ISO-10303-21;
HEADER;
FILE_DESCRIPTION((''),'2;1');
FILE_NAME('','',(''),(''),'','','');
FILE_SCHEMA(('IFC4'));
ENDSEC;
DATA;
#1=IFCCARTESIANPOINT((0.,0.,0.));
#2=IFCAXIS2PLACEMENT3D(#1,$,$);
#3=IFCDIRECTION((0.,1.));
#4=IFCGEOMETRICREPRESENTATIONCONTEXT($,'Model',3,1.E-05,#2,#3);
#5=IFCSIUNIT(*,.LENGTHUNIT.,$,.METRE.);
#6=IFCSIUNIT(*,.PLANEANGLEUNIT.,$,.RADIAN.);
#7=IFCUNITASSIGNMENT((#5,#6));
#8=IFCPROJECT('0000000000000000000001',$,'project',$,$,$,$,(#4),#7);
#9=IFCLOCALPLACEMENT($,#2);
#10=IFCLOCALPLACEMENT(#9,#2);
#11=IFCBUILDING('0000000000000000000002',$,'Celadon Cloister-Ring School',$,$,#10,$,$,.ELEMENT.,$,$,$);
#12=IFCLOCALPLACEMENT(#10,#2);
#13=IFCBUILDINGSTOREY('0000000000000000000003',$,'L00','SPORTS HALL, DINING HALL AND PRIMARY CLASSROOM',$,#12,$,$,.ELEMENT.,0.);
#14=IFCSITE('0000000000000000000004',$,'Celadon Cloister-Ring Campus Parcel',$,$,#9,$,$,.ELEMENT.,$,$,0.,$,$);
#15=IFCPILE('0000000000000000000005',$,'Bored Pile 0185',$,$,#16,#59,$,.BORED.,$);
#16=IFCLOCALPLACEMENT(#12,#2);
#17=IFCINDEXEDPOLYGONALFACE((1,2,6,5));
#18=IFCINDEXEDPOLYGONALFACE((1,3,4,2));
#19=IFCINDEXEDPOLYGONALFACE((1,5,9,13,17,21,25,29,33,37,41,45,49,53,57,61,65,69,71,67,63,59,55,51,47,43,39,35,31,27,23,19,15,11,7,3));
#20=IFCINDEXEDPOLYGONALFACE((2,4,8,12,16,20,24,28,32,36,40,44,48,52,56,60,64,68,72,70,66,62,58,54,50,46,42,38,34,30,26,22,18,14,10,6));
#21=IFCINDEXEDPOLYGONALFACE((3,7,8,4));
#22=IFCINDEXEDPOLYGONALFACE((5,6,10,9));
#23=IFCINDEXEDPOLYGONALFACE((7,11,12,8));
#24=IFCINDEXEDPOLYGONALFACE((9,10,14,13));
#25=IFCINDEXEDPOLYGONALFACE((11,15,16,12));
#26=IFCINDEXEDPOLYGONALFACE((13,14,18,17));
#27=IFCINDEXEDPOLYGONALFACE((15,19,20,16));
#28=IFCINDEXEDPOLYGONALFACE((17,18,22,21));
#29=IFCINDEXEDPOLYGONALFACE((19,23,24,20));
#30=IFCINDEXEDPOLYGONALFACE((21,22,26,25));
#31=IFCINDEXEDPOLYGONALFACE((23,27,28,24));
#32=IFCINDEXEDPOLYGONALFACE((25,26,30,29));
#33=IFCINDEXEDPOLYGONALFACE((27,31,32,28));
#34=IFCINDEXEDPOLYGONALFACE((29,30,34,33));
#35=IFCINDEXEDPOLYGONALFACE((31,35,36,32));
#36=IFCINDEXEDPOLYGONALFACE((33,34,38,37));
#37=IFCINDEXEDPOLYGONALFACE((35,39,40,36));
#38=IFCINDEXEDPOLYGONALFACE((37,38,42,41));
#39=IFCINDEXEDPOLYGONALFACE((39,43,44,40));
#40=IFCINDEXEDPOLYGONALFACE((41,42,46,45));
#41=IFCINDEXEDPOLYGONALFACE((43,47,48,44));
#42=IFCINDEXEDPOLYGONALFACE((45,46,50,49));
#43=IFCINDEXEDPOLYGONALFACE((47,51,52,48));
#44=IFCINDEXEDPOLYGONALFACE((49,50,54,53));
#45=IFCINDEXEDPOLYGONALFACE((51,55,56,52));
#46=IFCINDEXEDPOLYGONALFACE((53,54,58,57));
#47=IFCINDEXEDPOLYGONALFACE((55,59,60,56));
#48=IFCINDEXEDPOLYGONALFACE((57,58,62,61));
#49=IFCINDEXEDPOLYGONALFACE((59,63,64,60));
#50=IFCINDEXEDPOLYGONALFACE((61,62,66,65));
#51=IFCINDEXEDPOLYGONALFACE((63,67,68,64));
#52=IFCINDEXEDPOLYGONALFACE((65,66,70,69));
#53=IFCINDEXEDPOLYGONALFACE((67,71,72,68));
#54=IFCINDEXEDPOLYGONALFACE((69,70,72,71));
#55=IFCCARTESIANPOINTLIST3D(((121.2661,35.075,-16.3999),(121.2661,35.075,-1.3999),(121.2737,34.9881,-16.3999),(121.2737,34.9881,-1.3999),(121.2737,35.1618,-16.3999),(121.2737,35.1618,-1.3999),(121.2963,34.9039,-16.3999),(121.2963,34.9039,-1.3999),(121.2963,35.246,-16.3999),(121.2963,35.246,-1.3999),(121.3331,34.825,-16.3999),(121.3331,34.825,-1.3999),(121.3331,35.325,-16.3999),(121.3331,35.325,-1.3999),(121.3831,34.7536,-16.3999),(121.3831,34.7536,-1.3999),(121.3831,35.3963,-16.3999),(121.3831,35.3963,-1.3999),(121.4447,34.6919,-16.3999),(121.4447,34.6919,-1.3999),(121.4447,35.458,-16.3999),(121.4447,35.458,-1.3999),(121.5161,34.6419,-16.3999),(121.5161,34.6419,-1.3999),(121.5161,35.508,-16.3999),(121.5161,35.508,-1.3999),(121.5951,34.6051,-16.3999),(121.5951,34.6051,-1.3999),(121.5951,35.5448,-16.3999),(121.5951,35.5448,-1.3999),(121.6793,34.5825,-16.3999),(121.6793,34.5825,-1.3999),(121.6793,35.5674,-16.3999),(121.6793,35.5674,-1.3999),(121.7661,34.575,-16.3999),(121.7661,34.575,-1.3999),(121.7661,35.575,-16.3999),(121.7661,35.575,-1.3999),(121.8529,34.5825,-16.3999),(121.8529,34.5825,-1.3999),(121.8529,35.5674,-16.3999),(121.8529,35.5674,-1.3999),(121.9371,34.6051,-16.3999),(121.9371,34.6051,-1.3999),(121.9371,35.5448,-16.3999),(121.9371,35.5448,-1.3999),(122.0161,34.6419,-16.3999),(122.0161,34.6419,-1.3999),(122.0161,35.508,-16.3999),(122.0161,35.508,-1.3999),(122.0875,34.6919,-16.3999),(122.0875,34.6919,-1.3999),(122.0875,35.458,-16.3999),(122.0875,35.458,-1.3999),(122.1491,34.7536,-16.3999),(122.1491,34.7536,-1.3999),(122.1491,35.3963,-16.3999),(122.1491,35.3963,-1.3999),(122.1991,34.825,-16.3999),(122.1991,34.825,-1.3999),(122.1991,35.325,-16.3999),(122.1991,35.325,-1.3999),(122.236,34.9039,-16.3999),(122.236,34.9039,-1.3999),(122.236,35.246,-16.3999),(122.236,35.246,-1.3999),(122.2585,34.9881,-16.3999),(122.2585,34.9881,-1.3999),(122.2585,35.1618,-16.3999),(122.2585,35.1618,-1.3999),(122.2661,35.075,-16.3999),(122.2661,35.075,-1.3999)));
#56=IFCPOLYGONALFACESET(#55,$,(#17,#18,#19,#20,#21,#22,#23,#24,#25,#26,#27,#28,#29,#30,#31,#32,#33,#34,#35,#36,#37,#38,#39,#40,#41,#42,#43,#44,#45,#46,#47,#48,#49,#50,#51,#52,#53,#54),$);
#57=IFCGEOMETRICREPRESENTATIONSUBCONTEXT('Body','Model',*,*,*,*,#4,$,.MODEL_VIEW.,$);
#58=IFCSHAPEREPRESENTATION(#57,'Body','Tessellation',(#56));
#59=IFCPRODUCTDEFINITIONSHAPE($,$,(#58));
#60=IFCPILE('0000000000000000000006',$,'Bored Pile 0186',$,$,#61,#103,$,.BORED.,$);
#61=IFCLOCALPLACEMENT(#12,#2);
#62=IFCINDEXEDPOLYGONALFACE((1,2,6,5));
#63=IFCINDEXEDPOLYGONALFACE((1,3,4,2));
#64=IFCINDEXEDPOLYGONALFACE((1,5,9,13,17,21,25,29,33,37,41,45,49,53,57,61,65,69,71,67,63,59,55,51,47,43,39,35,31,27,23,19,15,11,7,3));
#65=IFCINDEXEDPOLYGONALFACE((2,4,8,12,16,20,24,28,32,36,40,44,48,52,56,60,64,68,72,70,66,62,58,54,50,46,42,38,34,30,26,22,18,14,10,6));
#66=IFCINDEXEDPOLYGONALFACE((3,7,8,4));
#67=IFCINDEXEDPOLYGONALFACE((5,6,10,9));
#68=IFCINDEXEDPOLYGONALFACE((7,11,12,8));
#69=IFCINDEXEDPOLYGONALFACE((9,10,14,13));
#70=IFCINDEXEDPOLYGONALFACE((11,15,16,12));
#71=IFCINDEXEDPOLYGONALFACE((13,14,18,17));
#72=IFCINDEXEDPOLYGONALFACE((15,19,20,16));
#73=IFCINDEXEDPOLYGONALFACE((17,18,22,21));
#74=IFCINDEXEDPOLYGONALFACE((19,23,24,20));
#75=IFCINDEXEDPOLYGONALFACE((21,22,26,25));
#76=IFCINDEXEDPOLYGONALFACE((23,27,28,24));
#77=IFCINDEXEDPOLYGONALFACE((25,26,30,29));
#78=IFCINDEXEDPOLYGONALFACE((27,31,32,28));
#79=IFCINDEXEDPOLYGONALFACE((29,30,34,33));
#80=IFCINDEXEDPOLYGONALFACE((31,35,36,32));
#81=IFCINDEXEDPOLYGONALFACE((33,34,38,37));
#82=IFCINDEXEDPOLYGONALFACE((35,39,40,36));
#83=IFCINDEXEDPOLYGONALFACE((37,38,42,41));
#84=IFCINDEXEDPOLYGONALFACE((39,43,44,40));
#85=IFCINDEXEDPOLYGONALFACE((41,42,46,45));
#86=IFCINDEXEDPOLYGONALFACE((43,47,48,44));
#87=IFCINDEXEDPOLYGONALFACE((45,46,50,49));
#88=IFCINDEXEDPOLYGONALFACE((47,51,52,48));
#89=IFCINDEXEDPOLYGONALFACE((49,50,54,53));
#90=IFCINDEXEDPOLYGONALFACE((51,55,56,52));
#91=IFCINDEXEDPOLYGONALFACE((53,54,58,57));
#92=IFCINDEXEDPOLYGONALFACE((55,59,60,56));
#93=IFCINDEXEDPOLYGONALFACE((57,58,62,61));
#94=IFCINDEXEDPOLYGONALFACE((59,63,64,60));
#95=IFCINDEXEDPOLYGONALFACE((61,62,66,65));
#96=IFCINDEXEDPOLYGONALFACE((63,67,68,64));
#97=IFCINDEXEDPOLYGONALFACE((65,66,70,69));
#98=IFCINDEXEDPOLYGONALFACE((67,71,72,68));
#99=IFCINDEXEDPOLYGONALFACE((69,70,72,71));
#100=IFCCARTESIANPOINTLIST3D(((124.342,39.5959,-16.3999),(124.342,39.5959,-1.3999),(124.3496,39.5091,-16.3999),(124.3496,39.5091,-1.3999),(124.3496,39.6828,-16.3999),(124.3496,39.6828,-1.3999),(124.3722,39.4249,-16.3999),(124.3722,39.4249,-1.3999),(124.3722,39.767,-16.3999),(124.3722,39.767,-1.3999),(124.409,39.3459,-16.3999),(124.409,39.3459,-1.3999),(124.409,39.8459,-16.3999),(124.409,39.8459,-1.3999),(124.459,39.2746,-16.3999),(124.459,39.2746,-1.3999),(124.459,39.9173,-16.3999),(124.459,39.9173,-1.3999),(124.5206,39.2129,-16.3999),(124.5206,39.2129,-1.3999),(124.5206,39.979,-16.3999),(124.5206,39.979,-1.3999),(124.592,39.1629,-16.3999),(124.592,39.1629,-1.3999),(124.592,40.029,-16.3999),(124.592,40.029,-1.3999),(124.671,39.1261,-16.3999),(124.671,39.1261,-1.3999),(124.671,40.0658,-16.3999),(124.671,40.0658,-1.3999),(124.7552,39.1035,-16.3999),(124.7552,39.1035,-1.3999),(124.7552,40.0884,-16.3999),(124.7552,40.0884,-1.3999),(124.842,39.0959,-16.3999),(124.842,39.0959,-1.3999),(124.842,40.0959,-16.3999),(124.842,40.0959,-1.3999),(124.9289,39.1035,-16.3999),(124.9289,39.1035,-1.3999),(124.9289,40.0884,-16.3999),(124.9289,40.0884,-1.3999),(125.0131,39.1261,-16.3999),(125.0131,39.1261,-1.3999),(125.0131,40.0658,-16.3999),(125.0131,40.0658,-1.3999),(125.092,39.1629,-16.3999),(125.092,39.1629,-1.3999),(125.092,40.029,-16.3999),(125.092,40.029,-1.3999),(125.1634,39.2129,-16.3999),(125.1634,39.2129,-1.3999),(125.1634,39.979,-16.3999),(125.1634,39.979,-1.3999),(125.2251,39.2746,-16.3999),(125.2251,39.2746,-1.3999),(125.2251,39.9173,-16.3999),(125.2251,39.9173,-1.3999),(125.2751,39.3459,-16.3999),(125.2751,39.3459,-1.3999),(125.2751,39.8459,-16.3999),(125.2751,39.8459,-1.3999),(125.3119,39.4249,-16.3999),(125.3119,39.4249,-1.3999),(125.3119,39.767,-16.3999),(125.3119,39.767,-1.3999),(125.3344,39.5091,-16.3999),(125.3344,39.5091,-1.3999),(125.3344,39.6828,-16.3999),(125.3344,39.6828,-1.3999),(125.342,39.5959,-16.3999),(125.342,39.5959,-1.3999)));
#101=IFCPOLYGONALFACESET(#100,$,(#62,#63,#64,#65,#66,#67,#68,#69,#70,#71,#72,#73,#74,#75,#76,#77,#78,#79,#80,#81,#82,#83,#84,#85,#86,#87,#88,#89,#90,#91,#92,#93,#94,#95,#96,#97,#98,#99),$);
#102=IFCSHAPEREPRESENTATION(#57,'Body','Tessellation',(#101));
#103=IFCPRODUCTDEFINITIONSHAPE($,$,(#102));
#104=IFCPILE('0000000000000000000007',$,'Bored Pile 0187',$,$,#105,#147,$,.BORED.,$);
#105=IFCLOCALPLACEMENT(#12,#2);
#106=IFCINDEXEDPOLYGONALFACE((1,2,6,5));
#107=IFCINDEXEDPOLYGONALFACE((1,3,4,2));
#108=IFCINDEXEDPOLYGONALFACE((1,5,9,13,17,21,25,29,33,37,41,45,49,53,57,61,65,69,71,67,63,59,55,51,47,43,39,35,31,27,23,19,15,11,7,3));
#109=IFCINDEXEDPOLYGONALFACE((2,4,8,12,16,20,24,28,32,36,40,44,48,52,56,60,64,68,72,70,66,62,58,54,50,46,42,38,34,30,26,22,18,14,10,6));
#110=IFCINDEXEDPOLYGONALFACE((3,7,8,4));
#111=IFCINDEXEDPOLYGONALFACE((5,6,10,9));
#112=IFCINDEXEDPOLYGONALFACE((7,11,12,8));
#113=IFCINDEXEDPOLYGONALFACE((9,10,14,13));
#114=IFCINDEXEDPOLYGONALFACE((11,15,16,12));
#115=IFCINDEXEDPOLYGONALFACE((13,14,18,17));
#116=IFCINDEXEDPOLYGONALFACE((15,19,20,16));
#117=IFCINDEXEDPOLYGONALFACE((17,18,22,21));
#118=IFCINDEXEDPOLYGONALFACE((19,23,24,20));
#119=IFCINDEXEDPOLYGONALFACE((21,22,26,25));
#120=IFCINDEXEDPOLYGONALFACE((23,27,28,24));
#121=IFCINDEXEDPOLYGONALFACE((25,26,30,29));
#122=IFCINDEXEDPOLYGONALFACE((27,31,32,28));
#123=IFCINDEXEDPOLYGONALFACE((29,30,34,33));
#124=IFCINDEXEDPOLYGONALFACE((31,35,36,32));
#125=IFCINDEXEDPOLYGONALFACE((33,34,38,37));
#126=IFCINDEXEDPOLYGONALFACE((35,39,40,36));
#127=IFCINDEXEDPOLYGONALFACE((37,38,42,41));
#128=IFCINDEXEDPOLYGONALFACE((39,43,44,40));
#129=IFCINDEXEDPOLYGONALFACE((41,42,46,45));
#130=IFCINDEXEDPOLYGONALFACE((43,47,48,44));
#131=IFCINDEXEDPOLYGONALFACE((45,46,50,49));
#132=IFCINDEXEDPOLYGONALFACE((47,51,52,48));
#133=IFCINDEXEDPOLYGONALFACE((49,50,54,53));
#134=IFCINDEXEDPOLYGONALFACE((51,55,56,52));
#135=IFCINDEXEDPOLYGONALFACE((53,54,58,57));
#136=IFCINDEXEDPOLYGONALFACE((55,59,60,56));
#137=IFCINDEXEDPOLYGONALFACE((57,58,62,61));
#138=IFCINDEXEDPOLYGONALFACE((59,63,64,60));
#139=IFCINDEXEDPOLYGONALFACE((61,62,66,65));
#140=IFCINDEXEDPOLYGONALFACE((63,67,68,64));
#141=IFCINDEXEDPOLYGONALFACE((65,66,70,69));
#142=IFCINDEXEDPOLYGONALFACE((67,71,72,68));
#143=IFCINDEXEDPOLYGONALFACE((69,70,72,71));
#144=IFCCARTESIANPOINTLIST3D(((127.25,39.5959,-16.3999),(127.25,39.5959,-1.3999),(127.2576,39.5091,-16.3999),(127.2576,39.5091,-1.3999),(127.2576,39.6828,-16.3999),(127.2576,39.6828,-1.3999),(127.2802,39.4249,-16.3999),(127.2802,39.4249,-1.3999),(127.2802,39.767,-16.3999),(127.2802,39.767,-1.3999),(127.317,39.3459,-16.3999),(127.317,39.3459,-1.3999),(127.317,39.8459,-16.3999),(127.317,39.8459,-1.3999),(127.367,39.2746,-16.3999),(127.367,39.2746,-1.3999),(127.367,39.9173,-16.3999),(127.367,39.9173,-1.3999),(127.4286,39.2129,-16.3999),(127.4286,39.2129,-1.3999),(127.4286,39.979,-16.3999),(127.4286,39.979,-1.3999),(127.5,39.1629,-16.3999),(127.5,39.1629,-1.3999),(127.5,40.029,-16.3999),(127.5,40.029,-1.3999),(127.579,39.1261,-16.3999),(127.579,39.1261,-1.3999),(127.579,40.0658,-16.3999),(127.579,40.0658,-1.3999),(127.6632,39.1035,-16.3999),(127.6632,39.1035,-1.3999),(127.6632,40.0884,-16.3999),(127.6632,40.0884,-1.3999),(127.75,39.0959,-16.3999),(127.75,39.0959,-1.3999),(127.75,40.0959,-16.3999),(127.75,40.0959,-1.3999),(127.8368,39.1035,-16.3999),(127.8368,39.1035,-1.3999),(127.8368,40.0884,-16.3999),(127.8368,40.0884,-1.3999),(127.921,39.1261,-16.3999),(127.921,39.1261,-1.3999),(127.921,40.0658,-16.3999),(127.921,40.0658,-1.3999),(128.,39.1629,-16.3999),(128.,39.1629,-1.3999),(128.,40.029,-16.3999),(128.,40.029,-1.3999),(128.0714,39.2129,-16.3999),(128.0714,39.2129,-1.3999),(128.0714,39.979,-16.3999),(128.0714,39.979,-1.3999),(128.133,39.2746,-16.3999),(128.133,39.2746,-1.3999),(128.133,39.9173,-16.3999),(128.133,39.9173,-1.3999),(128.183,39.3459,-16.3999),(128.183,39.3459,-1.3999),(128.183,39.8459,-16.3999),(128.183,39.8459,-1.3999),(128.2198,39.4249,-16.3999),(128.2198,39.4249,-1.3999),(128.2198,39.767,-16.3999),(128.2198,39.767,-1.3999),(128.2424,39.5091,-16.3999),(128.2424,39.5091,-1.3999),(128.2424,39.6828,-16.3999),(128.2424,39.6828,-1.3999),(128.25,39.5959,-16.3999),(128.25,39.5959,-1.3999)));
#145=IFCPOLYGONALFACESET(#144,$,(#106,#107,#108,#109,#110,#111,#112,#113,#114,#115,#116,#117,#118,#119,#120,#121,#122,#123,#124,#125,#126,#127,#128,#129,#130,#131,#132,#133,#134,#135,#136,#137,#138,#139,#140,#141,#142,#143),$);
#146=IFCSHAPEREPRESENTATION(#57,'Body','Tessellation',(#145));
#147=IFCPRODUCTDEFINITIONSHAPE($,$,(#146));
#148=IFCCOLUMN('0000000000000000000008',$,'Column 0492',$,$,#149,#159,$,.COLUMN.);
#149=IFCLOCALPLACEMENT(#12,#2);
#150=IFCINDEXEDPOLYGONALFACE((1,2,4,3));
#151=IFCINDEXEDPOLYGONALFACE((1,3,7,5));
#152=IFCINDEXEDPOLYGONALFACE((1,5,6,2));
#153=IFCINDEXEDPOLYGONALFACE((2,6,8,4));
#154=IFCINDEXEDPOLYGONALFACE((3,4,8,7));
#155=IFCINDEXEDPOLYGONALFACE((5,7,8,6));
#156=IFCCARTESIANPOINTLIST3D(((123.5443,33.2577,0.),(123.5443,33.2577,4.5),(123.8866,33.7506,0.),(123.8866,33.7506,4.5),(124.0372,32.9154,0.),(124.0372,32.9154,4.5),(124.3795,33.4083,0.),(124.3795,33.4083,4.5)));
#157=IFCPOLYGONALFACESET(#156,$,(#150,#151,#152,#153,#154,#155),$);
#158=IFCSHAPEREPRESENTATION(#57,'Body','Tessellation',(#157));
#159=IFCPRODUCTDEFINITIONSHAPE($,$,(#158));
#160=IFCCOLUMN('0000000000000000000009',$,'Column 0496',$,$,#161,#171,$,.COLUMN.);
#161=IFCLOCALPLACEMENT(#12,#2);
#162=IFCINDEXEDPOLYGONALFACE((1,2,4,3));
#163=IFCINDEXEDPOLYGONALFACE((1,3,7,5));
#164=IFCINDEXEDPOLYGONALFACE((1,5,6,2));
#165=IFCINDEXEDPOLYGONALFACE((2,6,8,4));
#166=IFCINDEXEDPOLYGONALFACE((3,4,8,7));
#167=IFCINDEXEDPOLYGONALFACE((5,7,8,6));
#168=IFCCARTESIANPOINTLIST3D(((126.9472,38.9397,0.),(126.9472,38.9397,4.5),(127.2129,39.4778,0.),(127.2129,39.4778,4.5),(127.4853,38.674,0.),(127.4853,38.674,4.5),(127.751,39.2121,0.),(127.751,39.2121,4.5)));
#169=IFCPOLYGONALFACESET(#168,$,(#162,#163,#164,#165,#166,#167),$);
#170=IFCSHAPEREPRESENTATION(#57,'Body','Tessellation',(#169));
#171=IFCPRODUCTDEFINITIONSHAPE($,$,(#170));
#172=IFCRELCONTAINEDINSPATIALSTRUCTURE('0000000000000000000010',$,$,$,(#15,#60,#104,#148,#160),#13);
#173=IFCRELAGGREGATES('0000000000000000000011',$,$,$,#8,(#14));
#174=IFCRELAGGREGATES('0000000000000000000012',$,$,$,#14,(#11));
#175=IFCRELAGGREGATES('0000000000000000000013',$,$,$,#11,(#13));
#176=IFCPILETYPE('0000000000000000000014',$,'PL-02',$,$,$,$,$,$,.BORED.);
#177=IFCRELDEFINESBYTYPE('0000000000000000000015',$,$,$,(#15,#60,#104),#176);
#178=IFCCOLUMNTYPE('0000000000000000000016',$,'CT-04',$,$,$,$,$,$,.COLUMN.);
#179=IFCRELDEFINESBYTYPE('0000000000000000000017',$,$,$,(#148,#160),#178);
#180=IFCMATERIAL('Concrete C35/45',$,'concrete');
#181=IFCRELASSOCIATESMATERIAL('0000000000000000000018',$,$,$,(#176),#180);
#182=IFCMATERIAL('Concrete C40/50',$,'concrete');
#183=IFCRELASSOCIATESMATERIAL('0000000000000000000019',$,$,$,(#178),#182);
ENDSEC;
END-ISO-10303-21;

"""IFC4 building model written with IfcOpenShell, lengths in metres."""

from ifc_helpers import new_model, si_unit, direction, frame, origin, origin_2d, place, context, subcontext, project, spatial, rectangle, circle, extrude, material, material_profile, profile_set, type_object, element, save


model = new_model("IFC4")

# Units and contexts
model_context = context("Model", 3, precision=1e-05, world=origin(), true_north=direction((0.0, 1.0)))
body_context = subcontext(model_context, "Body", "Model", "MODEL_VIEW")
ifc_project = project(units=[si_unit("LENGTHUNIT", "METRE"), si_unit("PLANEANGLEUNIT", "RADIAN")], contexts=[model_context])

# Site, building, storey
site_placement = place(None, origin())
site = spatial("IfcSite", under=ifc_project, at=site_placement, Name="Celadon Cloister-Ring Campus Parcel", CompositionType="ELEMENT", RefElevation=0.0)
building_placement = place(site_placement, origin())
building = spatial("IfcBuilding", under=site, at=building_placement, Name="Celadon Cloister-Ring School", CompositionType="ELEMENT")
storey_placement = place(building_placement, origin())
storey = spatial("IfcBuildingStorey", under=building, at=storey_placement, Name="L00", Description="SPORTS HALL, DINING HALL AND PRIMARY CLASSROOM", CompositionType="ELEMENT", Elevation=0.0)

# Piles
ifc_material_1 = material(Name="Concrete C35/45", Category="concrete")
ifc_material_profile_1 = material_profile(ifc_material_1, circle(Radius=0.5, at=origin_2d()), Name="PILE1000")
ifc_profile_set_1 = profile_set([ifc_material_profile_1], Name="Concrete C35/45")
pile_type = type_object("IfcPileType", Name="PL-02", PredefinedType="BORED", material=ifc_profile_set_1)
for number, where, z_axis, x_axis, name in (
    (1, (121.7661, 35.075, -1.3999), (0.0, 0.0, -1.0), (1.0, 0.0, 0.0), "Bored Pile 0185"),
    (2, (124.842, 39.5959, -1.3999), (0.0, 0.0, -1.0), (1.0, 0.0, 0.0), "Bored Pile 0186"),
    (3, (127.75, 39.5959, -1.3999), (0.0, 0.0, -1.0), (1.0, 0.0, 0.0), "Bored Pile 0187"),
):
    element("IfcPile", number, at=place(storey_placement, frame(where, z_axis=z_axis, x_axis=x_axis)), inside=storey, type_object=pile_type, Name=name, PredefinedType="BORED", context=body_context, shape_type="SweptSolid", body=[
        extrude(circle(Radius=0.5, at=origin_2d()), origin(), (0.0, 0.0, 1.0), 15.0),
    ])

# Columns
ifc_material_2 = material(Name="Concrete C40/50", Category="concrete")
ifc_material_profile_2 = material_profile(ifc_material_2, rectangle(XDim=0.6001, YDim=0.6001, at=origin_2d()), Name="RC600X600")
ifc_profile_set_2 = profile_set([ifc_material_profile_2], Name="Concrete C40/50")
column_type_1 = type_object("IfcColumnType", Name="CT-04", PredefinedType="COLUMN", material=ifc_profile_set_2)
for number, where, z_axis, x_axis, name in (
    (4, (123.9619, 33.333, 0.0), (0.0, 0.0, 1.0), (0.821388, -0.57037, 0.0), "Column 0492"),
    (5, (127.3491, 39.0759, 0.0), (0.0, 0.0, 1.0), (0.896641, -0.442758, 0.0), "Column 0496"),
):
    element("IfcColumn", number, at=place(storey_placement, frame(where, z_axis=z_axis, x_axis=x_axis)), inside=storey, type_object=column_type_1, Name=name, PredefinedType="COLUMN", context=body_context, shape_type="SweptSolid", body=[
        extrude(rectangle(XDim=0.6001, YDim=0.6001, at=origin_2d()), origin(), (0.0, 0.0, 1.0), 4.5),
    ])

save(model, "model.ifc")
